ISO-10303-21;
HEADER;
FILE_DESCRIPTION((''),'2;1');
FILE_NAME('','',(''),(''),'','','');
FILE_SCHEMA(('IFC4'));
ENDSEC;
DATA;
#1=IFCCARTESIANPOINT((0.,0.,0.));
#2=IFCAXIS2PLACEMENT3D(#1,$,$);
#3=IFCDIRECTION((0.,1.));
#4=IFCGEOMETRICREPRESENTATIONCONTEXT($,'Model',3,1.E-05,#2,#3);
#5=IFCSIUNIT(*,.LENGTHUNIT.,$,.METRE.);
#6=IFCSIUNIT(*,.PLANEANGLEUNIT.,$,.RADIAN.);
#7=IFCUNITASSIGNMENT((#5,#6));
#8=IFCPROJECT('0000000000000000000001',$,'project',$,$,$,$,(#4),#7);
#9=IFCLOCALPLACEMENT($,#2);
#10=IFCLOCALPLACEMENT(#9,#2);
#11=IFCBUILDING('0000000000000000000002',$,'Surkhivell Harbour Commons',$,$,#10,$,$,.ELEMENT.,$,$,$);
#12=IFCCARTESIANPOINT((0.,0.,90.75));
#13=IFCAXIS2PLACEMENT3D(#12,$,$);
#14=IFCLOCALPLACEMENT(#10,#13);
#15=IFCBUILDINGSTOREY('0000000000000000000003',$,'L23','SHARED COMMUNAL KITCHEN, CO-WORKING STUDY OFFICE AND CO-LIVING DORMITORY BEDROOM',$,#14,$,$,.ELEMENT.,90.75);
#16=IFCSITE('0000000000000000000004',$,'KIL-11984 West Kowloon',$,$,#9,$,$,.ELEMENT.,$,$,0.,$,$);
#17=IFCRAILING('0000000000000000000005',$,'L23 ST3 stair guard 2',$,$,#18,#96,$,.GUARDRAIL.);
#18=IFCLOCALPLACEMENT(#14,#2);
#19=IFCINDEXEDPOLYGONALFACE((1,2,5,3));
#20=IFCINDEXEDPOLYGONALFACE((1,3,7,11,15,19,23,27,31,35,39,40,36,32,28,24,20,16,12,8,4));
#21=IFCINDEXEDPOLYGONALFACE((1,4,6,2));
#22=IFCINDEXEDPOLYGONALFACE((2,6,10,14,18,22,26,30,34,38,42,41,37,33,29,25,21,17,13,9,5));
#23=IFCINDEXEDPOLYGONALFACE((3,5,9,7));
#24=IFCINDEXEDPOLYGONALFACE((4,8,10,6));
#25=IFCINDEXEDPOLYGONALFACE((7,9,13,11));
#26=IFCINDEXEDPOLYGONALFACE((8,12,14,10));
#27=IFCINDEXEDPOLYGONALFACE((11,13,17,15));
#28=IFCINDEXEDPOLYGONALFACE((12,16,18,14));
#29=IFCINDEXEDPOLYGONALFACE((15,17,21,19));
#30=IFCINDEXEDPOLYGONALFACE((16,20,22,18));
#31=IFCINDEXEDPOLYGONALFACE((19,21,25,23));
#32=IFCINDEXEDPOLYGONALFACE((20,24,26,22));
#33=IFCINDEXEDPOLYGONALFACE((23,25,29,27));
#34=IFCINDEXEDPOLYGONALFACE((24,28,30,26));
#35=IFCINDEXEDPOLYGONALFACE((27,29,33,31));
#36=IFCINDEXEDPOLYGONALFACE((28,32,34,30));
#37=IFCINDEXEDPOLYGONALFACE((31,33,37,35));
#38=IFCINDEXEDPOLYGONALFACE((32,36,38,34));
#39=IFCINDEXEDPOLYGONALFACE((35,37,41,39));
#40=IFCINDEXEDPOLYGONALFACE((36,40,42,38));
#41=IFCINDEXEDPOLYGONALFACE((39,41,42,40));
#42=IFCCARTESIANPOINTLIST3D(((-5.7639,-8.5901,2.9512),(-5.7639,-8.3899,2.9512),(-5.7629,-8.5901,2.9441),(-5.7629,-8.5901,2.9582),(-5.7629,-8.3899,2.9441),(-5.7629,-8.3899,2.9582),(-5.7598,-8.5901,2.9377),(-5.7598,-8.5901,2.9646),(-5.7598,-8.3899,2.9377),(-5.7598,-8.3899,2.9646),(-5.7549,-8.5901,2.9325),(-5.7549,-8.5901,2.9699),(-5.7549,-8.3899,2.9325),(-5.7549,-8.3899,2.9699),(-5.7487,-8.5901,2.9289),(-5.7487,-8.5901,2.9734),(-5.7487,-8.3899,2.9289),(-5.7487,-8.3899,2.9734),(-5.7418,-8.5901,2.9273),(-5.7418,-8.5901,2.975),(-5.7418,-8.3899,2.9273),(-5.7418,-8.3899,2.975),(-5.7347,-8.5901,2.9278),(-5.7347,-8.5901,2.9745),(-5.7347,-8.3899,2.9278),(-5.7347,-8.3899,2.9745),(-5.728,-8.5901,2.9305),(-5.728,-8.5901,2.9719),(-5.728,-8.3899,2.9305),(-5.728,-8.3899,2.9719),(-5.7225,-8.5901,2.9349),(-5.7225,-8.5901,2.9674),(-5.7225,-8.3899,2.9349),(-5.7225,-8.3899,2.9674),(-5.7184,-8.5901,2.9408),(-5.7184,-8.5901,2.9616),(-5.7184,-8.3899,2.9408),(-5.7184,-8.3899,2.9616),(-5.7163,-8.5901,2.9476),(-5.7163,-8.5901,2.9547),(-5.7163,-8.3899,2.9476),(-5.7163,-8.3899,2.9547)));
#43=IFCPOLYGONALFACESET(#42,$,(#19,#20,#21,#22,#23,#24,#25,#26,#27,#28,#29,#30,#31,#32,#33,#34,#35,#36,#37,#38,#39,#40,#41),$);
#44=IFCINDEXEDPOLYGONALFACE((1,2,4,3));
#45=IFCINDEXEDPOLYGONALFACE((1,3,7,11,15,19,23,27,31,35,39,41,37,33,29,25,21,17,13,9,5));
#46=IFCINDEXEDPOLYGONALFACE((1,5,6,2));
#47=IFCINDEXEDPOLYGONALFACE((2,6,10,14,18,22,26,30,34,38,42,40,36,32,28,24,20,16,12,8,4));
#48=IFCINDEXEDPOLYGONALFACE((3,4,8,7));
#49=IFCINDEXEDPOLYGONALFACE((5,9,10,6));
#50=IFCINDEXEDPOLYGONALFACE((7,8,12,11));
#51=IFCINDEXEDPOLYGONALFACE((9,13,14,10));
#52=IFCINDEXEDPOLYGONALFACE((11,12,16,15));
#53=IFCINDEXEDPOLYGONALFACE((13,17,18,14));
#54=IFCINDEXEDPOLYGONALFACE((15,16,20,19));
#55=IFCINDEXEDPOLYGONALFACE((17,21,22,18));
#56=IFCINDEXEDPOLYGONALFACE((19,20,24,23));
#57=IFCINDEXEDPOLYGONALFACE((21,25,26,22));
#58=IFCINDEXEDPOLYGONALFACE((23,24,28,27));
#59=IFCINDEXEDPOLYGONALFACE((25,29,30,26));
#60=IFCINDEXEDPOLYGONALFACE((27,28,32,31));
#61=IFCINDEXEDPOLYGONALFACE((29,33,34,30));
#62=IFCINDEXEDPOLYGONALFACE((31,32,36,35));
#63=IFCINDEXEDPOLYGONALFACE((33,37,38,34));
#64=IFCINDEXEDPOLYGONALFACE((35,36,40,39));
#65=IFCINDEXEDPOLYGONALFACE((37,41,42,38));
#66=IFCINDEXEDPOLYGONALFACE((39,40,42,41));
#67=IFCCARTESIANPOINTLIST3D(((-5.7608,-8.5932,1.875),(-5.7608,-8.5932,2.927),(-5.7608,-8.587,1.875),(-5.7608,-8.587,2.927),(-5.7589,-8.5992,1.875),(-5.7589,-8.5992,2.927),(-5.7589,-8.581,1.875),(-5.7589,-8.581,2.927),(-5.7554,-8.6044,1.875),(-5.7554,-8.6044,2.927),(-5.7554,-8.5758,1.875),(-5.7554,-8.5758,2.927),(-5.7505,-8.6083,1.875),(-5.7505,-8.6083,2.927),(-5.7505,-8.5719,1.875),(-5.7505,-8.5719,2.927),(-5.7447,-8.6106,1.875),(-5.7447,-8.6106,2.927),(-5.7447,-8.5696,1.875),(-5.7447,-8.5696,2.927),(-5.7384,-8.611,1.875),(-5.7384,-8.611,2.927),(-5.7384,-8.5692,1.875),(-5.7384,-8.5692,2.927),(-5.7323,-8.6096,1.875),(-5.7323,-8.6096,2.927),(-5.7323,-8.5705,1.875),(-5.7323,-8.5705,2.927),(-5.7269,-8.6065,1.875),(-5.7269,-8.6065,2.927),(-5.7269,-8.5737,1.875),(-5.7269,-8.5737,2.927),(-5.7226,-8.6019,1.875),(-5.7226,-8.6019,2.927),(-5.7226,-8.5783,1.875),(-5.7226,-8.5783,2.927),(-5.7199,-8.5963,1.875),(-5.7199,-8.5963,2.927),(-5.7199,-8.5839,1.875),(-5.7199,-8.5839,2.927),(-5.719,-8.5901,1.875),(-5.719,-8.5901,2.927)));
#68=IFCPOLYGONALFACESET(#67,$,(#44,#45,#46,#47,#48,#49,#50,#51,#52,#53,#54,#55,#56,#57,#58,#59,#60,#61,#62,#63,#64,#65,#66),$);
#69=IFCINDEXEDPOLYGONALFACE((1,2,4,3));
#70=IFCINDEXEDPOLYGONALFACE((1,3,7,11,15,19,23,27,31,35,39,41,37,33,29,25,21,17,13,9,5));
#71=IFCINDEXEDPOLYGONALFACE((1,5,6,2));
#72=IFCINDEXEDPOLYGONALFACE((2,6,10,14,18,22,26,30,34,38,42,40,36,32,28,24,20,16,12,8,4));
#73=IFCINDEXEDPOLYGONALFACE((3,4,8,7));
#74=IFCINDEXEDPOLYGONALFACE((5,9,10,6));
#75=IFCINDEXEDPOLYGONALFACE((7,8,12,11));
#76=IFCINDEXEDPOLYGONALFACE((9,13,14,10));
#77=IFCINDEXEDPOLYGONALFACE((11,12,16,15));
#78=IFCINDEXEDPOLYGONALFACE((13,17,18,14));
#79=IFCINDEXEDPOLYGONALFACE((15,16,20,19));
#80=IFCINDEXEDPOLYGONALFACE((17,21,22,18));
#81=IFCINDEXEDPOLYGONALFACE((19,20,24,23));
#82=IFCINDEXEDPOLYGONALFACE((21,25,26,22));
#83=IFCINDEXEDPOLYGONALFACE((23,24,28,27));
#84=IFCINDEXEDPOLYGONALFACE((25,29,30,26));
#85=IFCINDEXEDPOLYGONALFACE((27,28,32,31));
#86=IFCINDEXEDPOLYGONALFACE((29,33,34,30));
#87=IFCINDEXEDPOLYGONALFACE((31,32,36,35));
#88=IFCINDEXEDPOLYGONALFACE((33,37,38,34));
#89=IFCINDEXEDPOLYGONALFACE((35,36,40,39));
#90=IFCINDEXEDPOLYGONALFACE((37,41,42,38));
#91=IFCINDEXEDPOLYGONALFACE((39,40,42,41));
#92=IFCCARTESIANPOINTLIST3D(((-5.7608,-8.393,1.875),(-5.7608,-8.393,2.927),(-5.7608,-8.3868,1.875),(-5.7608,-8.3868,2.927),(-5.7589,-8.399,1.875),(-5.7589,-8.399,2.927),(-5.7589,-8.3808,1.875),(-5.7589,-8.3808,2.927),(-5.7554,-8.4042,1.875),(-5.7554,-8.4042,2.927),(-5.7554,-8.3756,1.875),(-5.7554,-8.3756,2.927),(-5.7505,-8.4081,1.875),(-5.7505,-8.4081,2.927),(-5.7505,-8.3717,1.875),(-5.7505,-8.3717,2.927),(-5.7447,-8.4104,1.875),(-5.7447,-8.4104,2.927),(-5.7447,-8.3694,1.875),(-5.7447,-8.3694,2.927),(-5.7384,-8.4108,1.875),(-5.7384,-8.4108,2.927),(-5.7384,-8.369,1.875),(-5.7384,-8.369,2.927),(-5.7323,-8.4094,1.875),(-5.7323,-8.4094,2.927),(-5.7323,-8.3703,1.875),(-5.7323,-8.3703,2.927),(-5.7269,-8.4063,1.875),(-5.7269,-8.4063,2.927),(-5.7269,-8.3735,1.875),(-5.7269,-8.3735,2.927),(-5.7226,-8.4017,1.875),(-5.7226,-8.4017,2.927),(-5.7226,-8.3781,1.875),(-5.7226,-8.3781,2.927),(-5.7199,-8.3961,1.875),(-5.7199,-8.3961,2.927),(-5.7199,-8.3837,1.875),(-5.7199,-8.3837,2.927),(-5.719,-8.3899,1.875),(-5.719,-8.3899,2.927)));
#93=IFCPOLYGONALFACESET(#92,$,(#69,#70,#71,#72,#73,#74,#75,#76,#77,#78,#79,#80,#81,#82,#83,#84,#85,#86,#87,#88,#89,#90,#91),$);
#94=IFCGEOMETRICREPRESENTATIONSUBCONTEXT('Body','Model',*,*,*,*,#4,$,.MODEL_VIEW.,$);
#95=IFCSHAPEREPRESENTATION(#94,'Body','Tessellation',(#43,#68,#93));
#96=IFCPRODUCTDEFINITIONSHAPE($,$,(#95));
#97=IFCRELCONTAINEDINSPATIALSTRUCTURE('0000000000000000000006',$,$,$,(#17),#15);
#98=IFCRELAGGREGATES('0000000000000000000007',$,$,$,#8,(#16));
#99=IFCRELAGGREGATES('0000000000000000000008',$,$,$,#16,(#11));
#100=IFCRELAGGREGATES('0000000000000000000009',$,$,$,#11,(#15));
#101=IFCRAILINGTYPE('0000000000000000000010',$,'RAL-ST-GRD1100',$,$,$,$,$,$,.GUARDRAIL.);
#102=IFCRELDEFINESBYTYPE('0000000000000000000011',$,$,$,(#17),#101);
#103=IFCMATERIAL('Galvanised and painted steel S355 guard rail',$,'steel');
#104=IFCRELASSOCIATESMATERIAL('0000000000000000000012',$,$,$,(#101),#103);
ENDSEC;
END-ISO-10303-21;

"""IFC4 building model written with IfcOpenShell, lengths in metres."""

from ifc_helpers import new_model, si_unit, direction, frame, origin, origin_2d, place, context, subcontext, project, spatial, circle, extrude, material, type_object, element, save


model = new_model("IFC4")

# Units and contexts
model_context = context("Model", 3, precision=1e-05, world=origin(), true_north=direction((0.0, 1.0)))
body_context = subcontext(model_context, "Body", "Model", "MODEL_VIEW")
ifc_project = project(units=[si_unit("LENGTHUNIT", "METRE"), si_unit("PLANEANGLEUNIT", "RADIAN")], contexts=[model_context])

# Site, building, storey
site_placement = place(None, origin())
site = spatial("IfcSite", under=ifc_project, at=site_placement, Name="KIL-11984 West Kowloon", CompositionType="ELEMENT", RefElevation=0.0)
building_placement = place(site_placement, origin())
building = spatial("IfcBuilding", under=site, at=building_placement, Name="Surkhivell Harbour Commons", CompositionType="ELEMENT")
storey_placement = place(building_placement, frame((0.0, 0.0, 90.75)))
storey = spatial("IfcBuildingStorey", under=building, at=storey_placement, Name="L23", Description="SHARED COMMUNAL KITCHEN, CO-WORKING STUDY OFFICE AND CO-LIVING DORMITORY BEDROOM", CompositionType="ELEMENT", Elevation=90.75)

# Railing
ifc_material_1 = material(Name="Galvanised and painted steel S355 guard rail", Category="steel")
railing_type_1 = type_object("IfcRailingType", Name="RAL-ST-GRD1100", PredefinedType="GUARDRAIL", material=ifc_material_1)
railing_1_placement = place(storey_placement, frame((-5.74, -8.5901, 1.875)))
element("IfcRailing", 1, at=railing_1_placement, inside=storey, type_object=railing_type_1, Name="L23 ST3 stair guard 2", PredefinedType="GUARDRAIL", context=body_context, shape_type="SweptSolid", body=[
    extrude(circle(Radius=0.0239, at=origin_2d()), frame((0.0, 0.0, 1.0762), z_axis=(0.0, 1.0, 0.0), x_axis=(-1.0, 0.0, 0.0)), (0.0, 0.0, 1.0), 0.2002),
    extrude(circle(Radius=0.021, at=origin_2d()), origin(), (0.0, 0.0, 1.0), 1.052),
    extrude(circle(Radius=0.021, at=origin_2d()), frame((0.0, 0.2002, 0.0)), (0.0, 0.0, 1.0), 1.052),
])

save(model, "model.ifc")
